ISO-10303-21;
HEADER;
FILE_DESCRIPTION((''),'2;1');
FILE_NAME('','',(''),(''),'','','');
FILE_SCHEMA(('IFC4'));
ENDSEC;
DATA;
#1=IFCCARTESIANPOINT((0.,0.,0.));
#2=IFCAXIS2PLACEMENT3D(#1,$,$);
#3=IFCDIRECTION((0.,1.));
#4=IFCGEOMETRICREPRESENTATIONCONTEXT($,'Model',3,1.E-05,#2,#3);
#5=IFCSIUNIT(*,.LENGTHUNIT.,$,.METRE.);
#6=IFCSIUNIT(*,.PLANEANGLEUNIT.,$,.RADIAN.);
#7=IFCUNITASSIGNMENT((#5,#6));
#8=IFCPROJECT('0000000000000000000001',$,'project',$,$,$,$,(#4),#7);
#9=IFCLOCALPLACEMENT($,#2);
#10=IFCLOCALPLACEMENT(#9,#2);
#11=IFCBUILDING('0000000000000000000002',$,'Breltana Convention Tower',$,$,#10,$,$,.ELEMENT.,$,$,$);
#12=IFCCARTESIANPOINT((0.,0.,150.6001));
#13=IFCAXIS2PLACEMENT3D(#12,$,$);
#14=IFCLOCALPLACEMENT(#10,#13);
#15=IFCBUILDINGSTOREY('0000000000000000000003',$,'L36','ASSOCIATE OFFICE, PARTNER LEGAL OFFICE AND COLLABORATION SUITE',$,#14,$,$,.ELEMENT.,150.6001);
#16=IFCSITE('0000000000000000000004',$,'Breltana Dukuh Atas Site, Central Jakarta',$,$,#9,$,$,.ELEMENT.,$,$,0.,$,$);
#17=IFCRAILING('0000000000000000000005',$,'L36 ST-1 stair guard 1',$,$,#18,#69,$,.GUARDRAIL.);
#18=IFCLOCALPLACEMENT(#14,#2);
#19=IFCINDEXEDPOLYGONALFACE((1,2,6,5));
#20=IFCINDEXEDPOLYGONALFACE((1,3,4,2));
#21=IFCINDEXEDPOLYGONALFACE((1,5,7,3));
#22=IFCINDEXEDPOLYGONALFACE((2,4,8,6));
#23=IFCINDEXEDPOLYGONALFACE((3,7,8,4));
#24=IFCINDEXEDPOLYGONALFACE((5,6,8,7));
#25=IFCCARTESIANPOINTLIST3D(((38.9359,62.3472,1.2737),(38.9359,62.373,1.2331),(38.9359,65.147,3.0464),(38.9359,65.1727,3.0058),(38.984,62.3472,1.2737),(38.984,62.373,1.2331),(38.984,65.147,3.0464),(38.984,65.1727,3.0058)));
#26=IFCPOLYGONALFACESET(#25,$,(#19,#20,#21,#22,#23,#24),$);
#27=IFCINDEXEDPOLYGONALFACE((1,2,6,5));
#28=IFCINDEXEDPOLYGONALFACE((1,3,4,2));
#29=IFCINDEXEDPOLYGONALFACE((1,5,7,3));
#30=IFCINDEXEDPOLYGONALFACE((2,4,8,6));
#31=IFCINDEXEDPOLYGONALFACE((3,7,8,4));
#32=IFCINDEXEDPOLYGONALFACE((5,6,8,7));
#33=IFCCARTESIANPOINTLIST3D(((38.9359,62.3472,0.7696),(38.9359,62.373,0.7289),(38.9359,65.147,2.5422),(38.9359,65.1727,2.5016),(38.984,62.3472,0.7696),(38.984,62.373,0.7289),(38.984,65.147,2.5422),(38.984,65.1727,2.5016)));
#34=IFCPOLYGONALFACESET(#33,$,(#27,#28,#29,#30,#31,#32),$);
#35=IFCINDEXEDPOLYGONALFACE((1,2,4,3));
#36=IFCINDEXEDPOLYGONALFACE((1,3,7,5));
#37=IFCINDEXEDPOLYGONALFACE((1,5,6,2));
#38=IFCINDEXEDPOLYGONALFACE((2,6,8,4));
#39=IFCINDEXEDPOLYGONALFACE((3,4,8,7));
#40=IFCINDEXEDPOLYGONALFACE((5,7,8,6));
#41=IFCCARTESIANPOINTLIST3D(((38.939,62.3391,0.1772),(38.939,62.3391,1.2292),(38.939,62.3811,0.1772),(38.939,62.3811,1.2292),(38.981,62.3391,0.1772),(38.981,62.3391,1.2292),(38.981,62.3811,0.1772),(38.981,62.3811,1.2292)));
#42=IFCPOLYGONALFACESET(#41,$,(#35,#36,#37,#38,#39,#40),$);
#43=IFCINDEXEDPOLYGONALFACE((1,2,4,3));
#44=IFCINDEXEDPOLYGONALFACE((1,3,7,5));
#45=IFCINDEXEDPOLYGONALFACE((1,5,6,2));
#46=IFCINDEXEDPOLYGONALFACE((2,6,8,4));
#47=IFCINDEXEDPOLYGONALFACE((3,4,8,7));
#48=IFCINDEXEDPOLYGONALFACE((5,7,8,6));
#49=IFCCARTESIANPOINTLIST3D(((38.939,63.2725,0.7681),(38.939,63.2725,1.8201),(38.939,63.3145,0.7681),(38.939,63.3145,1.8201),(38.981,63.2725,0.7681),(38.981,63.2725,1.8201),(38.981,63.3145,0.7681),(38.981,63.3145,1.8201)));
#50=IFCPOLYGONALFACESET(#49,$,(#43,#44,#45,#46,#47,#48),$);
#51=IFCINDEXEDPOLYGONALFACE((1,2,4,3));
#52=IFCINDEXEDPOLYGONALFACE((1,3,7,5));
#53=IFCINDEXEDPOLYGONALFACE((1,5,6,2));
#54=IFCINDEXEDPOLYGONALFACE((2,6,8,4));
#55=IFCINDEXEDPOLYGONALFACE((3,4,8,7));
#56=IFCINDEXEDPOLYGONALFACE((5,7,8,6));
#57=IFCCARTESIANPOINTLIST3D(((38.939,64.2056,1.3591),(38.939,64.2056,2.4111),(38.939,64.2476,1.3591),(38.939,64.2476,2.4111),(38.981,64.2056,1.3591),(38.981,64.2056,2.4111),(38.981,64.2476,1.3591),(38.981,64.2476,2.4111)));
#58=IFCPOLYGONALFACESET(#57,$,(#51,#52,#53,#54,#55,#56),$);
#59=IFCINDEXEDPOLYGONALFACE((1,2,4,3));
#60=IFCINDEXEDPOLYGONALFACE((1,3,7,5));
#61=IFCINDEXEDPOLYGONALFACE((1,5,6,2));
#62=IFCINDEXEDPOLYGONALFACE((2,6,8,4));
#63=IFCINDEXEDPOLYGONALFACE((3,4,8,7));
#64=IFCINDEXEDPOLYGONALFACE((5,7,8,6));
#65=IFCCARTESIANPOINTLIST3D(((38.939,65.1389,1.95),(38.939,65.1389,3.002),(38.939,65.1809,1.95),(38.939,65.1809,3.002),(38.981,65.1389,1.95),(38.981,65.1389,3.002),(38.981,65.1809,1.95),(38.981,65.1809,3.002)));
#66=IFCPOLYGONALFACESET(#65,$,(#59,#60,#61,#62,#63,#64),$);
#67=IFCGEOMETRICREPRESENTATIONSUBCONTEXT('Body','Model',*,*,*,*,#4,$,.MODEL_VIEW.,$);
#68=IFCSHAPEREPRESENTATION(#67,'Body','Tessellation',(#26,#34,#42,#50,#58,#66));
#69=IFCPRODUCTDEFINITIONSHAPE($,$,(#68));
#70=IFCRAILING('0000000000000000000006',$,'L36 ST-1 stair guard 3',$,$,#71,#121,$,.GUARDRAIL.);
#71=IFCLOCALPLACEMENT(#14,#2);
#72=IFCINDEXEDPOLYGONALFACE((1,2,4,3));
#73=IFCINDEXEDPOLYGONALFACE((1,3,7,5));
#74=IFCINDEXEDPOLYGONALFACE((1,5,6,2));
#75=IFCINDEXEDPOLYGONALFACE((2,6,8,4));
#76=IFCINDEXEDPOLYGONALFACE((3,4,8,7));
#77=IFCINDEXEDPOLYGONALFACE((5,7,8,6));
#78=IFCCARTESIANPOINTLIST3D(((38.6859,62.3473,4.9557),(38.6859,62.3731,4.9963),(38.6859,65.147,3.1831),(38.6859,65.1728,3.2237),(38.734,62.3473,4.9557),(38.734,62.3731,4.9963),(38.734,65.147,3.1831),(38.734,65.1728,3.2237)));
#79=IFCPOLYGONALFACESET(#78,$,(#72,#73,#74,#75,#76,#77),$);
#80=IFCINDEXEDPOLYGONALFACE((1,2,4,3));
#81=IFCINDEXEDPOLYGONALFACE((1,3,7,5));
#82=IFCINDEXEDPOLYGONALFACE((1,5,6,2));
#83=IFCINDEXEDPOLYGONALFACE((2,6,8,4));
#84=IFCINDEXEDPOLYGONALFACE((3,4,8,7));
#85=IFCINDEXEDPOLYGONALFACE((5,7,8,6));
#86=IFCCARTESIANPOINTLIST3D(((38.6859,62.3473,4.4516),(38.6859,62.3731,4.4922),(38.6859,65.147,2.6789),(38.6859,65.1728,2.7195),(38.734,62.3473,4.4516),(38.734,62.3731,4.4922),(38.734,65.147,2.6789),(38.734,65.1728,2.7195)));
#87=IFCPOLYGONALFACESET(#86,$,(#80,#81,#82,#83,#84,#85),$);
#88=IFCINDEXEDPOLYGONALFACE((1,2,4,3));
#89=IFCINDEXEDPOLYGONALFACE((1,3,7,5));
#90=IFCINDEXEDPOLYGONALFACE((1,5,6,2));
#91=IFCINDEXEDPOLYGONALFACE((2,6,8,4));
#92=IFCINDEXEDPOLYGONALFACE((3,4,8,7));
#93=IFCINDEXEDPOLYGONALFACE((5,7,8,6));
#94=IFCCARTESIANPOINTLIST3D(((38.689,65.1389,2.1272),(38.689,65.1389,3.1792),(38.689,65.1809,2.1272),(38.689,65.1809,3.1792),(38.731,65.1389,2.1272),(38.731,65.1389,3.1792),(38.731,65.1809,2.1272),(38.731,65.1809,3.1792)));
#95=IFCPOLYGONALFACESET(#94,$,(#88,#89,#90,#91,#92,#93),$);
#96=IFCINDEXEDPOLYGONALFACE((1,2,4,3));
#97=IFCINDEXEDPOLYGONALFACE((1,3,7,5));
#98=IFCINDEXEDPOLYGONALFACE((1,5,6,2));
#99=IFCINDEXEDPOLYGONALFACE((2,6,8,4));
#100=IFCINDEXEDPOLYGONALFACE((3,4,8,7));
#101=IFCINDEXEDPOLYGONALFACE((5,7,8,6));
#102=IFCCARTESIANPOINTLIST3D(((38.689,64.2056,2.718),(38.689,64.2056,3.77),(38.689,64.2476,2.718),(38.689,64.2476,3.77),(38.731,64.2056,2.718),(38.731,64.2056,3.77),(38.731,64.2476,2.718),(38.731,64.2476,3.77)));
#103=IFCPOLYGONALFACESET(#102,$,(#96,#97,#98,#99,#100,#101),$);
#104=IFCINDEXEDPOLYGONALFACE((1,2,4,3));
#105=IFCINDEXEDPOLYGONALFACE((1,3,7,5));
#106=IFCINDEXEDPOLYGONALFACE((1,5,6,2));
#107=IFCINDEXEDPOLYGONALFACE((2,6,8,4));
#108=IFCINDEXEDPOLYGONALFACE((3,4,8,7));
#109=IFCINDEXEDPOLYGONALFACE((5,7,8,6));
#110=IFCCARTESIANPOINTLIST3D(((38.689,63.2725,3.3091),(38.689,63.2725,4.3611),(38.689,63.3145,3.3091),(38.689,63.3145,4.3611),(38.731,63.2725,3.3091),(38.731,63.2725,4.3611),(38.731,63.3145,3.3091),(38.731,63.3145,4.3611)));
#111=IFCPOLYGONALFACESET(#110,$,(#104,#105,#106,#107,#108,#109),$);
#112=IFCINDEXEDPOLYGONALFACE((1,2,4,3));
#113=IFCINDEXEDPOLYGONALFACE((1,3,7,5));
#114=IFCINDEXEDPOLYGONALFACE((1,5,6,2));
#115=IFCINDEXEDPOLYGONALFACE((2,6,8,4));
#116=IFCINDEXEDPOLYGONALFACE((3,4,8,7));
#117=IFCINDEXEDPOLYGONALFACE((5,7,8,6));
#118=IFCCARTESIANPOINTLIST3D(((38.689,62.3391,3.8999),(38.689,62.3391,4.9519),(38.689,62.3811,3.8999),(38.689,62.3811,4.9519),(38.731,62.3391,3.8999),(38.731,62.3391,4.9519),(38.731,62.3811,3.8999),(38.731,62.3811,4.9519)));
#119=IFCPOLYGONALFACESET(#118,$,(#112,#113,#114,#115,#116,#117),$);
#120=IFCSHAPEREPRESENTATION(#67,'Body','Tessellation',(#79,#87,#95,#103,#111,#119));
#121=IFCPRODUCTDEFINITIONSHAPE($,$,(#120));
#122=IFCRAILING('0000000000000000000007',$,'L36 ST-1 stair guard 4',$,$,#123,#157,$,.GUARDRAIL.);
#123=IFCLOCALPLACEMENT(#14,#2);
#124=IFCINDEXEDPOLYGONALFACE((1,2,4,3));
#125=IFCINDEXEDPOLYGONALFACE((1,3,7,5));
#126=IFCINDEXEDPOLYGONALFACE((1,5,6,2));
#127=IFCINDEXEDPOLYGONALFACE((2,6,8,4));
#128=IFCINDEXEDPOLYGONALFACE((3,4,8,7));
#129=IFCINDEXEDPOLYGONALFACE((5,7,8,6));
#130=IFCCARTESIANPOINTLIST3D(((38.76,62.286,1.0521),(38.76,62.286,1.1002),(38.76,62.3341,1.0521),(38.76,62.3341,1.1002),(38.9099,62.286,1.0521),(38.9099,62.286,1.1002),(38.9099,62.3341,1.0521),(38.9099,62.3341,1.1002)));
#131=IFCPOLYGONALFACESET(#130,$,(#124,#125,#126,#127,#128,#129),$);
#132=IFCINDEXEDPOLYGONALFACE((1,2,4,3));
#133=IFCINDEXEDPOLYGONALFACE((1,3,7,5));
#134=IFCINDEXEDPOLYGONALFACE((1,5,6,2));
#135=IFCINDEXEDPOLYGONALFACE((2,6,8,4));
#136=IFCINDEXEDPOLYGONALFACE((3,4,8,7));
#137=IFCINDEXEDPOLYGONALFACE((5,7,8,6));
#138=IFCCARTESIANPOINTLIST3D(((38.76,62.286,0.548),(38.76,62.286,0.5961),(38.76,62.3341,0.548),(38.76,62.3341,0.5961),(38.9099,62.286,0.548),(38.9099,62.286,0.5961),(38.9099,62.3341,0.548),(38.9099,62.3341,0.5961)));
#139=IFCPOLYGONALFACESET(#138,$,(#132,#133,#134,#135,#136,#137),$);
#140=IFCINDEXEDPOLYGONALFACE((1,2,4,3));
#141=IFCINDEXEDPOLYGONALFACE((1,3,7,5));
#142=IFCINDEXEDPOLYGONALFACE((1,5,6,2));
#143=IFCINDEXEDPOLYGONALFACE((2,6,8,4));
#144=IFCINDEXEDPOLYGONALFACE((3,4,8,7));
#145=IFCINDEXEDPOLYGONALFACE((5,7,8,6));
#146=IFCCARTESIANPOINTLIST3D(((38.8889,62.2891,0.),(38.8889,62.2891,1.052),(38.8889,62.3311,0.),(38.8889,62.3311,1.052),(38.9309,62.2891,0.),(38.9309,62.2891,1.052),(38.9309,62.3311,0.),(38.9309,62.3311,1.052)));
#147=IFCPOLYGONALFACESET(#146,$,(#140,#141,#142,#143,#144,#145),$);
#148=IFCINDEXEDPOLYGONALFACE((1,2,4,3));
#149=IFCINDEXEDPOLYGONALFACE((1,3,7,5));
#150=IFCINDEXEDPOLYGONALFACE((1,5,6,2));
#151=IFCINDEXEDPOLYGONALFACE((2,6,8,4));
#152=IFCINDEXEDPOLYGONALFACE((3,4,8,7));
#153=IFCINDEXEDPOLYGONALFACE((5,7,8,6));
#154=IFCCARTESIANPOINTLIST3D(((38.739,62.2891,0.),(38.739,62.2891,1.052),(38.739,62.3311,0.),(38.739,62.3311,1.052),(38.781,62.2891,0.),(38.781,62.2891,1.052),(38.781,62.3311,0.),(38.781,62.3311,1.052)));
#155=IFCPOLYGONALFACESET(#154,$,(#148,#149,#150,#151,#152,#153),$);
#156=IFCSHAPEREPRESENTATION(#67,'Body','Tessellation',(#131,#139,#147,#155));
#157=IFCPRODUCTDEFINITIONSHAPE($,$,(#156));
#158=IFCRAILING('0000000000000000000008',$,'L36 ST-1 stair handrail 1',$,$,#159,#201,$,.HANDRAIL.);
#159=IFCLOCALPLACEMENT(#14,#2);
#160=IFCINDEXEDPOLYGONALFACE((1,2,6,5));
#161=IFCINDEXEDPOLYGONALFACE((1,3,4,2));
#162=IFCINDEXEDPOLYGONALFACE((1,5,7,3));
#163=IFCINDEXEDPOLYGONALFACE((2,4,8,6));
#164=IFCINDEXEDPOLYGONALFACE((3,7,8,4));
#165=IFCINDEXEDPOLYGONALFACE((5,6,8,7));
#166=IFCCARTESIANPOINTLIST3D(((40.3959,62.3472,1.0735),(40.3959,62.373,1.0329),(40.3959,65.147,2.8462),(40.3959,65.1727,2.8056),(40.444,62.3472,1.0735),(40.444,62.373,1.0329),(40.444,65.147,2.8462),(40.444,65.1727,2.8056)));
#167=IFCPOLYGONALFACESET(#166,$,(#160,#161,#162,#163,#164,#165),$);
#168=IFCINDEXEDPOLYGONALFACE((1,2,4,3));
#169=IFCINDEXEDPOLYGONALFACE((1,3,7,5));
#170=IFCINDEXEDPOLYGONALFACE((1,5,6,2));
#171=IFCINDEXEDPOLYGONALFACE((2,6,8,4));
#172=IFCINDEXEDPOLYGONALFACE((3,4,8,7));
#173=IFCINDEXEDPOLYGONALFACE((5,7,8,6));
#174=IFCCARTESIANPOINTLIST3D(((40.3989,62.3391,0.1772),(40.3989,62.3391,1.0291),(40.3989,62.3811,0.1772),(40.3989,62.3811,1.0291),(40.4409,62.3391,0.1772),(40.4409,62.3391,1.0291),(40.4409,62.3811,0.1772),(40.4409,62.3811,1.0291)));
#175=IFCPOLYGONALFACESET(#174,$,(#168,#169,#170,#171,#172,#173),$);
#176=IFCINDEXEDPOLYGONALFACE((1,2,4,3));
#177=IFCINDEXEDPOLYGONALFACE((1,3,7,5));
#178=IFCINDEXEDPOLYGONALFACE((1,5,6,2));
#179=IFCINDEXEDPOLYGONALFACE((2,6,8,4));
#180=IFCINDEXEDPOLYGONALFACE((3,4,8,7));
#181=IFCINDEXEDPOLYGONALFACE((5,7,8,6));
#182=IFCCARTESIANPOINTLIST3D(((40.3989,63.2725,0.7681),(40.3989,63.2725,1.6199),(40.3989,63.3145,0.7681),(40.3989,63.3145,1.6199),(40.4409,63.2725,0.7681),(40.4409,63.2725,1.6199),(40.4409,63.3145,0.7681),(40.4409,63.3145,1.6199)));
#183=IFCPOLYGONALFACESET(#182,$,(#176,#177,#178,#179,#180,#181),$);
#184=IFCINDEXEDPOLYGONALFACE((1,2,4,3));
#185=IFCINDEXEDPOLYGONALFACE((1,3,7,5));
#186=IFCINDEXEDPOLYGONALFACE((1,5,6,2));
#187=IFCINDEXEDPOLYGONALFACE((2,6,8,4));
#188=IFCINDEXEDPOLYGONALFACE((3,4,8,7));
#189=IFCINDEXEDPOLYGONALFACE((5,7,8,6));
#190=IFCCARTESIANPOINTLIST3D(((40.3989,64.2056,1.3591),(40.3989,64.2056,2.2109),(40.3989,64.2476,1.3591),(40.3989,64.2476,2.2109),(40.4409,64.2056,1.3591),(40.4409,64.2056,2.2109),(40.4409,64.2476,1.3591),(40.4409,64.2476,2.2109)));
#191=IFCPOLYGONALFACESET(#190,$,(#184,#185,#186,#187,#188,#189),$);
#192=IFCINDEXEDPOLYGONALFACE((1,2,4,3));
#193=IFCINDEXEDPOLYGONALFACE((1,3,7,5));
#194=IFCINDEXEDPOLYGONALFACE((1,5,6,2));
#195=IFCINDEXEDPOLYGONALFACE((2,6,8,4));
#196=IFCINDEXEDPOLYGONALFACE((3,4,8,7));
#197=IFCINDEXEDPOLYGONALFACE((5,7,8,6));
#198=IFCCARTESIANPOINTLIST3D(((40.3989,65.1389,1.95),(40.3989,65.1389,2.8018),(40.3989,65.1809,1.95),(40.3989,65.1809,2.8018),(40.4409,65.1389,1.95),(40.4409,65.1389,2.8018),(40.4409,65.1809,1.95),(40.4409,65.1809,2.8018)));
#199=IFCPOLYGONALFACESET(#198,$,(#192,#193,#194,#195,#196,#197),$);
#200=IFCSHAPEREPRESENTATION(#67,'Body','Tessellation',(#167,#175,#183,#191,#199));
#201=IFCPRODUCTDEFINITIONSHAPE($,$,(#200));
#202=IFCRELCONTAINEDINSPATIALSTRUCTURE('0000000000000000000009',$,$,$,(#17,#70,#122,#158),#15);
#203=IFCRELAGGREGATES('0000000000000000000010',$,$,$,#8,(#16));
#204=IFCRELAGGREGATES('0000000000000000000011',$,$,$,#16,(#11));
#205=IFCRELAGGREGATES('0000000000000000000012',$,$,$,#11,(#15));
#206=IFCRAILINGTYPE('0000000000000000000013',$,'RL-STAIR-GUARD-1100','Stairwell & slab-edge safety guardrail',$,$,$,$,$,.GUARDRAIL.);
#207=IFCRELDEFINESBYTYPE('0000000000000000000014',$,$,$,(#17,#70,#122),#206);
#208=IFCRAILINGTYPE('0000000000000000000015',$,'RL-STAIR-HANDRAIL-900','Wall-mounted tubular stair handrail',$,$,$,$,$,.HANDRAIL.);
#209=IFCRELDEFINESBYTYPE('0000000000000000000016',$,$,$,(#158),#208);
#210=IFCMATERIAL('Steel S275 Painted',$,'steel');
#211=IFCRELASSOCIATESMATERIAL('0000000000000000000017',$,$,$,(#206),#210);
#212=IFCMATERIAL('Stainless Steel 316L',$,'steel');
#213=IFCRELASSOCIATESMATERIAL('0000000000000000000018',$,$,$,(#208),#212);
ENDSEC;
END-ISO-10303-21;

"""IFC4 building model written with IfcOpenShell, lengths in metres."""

from ifc_helpers import new_model, si_unit, direction, frame, origin, origin_2d, place, context, subcontext, project, spatial, rectangle, extrude, material, type_object, element, save


model = new_model("IFC4")

# Units and contexts
model_context = context("Model", 3, precision=1e-05, world=origin(), true_north=direction((0.0, 1.0)))
body_context = subcontext(model_context, "Body", "Model", "MODEL_VIEW")
ifc_project = project(units=[si_unit("LENGTHUNIT", "METRE"), si_unit("PLANEANGLEUNIT", "RADIAN")], contexts=[model_context])

# Site, building, storey
site_placement = place(None, origin())
site = spatial("IfcSite", under=ifc_project, at=site_placement, Name="Breltana Dukuh Atas Site, Central Jakarta", CompositionType="ELEMENT", RefElevation=0.0)
building_placement = place(site_placement, origin())
building = spatial("IfcBuilding", under=site, at=building_placement, Name="Breltana Convention Tower", CompositionType="ELEMENT")
storey_placement = place(building_placement, frame((0.0, 0.0, 150.6001)))
storey = spatial("IfcBuildingStorey", under=building, at=storey_placement, Name="L36", Description="ASSOCIATE OFFICE, PARTNER LEGAL OFFICE AND COLLABORATION SUITE", CompositionType="ELEMENT", Elevation=150.6001)

# Railings
ifc_material_1 = material(Name="Steel S275 Painted", Category="steel")
railing_type_1 = type_object("IfcRailingType", Name="RL-STAIR-GUARD-1100", Description="Stairwell & slab-edge safety guardrail", PredefinedType="GUARDRAIL", material=ifc_material_1)
railing_1_placement = place(storey_placement, frame((38.96, 62.3601, 0.1772)))
element("IfcRailing", 1, at=railing_1_placement, inside=storey, type_object=railing_type_1, Name="L36 ST-1 stair guard 1", PredefinedType="GUARDRAIL", context=body_context, shape_type="SweptSolid", body=[
    extrude(rectangle(XDim=0.0481, YDim=0.0481, at=origin_2d()), frame((0.0, 0.0, 1.0762), z_axis=(0.0, 0.844888, 0.534943), x_axis=(-1.0, 0.0, 0.0)), (0.0, 0.0, 1.0), 3.3137),
    extrude(rectangle(XDim=0.0481, YDim=0.0481, at=origin_2d()), frame((0.0, 0.0, 0.572), z_axis=(0.0, 0.844888, 0.534943), x_axis=(-1.0, 0.0, 0.0)), (0.0, 0.0, 1.0), 3.3137),
    extrude(rectangle(XDim=0.042, YDim=0.042, at=origin_2d()), origin(), (0.0, 0.0, 1.0), 1.052),
    extrude(rectangle(XDim=0.042, YDim=0.042, at=origin_2d()), frame((0.0, 0.9333, 0.5908)), (0.0, 0.0, 1.0), 1.052),
    extrude(rectangle(XDim=0.042, YDim=0.042, at=origin_2d()), frame((0.0, 1.8665, 1.1819)), (0.0, 0.0, 1.0), 1.052),
    extrude(rectangle(XDim=0.042, YDim=0.042, at=origin_2d()), frame((0.0, 2.7998, 1.7727)), (0.0, 0.0, 1.0), 1.052),
])
railing_2_placement = place(storey_placement, frame((38.71, 65.1599, 2.1272)))
element("IfcRailing", 2, at=railing_2_placement, inside=storey, type_object=railing_type_1, Name="L36 ST-1 stair guard 3", PredefinedType="GUARDRAIL", context=body_context, shape_type="SweptSolid", body=[
    extrude(rectangle(XDim=0.0481, YDim=0.0481, at=origin_2d()), frame((0.0, 0.0, 1.0762), z_axis=(0.0, -0.844888, 0.534943), x_axis=(1.0, 0.0, 0.0)), (0.0, 0.0, 1.0), 3.3137),
    extrude(rectangle(XDim=0.0481, YDim=0.0481, at=origin_2d()), frame((0.0, 0.0, 0.572), z_axis=(0.0, -0.844888, 0.534943), x_axis=(1.0, 0.0, 0.0)), (0.0, 0.0, 1.0), 3.3137),
    extrude(rectangle(XDim=0.042, YDim=0.042, at=origin_2d()), origin(), (0.0, 0.0, 1.0), 1.052),
    extrude(rectangle(XDim=0.042, YDim=0.042, at=origin_2d()), frame((0.0, -0.9333, 0.5908)), (0.0, 0.0, 1.0), 1.052),
    extrude(rectangle(XDim=0.042, YDim=0.042, at=origin_2d()), frame((0.0, -1.8665, 1.1819)), (0.0, 0.0, 1.0), 1.052),
    extrude(rectangle(XDim=0.042, YDim=0.042, at=origin_2d()), frame((0.0, -2.7998, 1.7727)), (0.0, 0.0, 1.0), 1.052),
])
railing_3_placement = place(storey_placement, frame((38.9099, 62.3101, 0.0)))
element("IfcRailing", 3, at=railing_3_placement, inside=storey, type_object=railing_type_1, Name="L36 ST-1 stair guard 4", PredefinedType="GUARDRAIL", context=body_context, shape_type="SweptSolid", body=[
    extrude(rectangle(XDim=0.0481, YDim=0.0481, at=origin_2d()), frame((0.0, 0.0, 1.0762), z_axis=(-1.0, 0.0, 0.0), x_axis=(0.0, -1.0, 0.0)), (0.0, 0.0, 1.0), 0.1499),
    extrude(rectangle(XDim=0.0481, YDim=0.0481, at=origin_2d()), frame((0.0, 0.0, 0.572), z_axis=(-1.0, 0.0, 0.0), x_axis=(0.0, -1.0, 0.0)), (0.0, 0.0, 1.0), 0.1499),
    extrude(rectangle(XDim=0.042, YDim=0.042, at=origin_2d()), origin(), (0.0, 0.0, 1.0), 1.052),
    extrude(rectangle(XDim=0.042, YDim=0.042, at=origin_2d()), frame((-0.1499, 0.0, 0.0)), (0.0, 0.0, 1.0), 1.052),
])
ifc_material_2 = material(Name="Stainless Steel 316L", Category="steel")
railing_type_2 = type_object("IfcRailingType", Name="RL-STAIR-HANDRAIL-900", Description="Wall-mounted tubular stair handrail", PredefinedType="HANDRAIL", material=ifc_material_2)
railing_4_placement = place(storey_placement, frame((40.4199, 62.3601, 0.1772)))
element("IfcRailing", 4, at=railing_4_placement, inside=storey, type_object=railing_type_2, Name="L36 ST-1 stair handrail 1", PredefinedType="HANDRAIL", context=body_context, shape_type="SweptSolid", body=[
    extrude(rectangle(XDim=0.0481, YDim=0.0481, at=origin_2d()), frame((0.0, 0.0, 0.876), z_axis=(0.0, 0.844888, 0.534943), x_axis=(-1.0, 0.0, 0.0)), (0.0, 0.0, 1.0), 3.3137),
    extrude(rectangle(XDim=0.042, YDim=0.042, at=origin_2d()), origin(), (0.0, 0.0, 1.0), 0.8518),
    extrude(rectangle(XDim=0.042, YDim=0.042, at=origin_2d()), frame((0.0, 0.9333, 0.5908)), (0.0, 0.0, 1.0), 0.8518),
    extrude(rectangle(XDim=0.042, YDim=0.042, at=origin_2d()), frame((0.0, 1.8665, 1.1819)), (0.0, 0.0, 1.0), 0.8518),
    extrude(rectangle(XDim=0.042, YDim=0.042, at=origin_2d()), frame((0.0, 2.7998, 1.7727)), (0.0, 0.0, 1.0), 0.8518),
])

save(model, "model.ifc")
